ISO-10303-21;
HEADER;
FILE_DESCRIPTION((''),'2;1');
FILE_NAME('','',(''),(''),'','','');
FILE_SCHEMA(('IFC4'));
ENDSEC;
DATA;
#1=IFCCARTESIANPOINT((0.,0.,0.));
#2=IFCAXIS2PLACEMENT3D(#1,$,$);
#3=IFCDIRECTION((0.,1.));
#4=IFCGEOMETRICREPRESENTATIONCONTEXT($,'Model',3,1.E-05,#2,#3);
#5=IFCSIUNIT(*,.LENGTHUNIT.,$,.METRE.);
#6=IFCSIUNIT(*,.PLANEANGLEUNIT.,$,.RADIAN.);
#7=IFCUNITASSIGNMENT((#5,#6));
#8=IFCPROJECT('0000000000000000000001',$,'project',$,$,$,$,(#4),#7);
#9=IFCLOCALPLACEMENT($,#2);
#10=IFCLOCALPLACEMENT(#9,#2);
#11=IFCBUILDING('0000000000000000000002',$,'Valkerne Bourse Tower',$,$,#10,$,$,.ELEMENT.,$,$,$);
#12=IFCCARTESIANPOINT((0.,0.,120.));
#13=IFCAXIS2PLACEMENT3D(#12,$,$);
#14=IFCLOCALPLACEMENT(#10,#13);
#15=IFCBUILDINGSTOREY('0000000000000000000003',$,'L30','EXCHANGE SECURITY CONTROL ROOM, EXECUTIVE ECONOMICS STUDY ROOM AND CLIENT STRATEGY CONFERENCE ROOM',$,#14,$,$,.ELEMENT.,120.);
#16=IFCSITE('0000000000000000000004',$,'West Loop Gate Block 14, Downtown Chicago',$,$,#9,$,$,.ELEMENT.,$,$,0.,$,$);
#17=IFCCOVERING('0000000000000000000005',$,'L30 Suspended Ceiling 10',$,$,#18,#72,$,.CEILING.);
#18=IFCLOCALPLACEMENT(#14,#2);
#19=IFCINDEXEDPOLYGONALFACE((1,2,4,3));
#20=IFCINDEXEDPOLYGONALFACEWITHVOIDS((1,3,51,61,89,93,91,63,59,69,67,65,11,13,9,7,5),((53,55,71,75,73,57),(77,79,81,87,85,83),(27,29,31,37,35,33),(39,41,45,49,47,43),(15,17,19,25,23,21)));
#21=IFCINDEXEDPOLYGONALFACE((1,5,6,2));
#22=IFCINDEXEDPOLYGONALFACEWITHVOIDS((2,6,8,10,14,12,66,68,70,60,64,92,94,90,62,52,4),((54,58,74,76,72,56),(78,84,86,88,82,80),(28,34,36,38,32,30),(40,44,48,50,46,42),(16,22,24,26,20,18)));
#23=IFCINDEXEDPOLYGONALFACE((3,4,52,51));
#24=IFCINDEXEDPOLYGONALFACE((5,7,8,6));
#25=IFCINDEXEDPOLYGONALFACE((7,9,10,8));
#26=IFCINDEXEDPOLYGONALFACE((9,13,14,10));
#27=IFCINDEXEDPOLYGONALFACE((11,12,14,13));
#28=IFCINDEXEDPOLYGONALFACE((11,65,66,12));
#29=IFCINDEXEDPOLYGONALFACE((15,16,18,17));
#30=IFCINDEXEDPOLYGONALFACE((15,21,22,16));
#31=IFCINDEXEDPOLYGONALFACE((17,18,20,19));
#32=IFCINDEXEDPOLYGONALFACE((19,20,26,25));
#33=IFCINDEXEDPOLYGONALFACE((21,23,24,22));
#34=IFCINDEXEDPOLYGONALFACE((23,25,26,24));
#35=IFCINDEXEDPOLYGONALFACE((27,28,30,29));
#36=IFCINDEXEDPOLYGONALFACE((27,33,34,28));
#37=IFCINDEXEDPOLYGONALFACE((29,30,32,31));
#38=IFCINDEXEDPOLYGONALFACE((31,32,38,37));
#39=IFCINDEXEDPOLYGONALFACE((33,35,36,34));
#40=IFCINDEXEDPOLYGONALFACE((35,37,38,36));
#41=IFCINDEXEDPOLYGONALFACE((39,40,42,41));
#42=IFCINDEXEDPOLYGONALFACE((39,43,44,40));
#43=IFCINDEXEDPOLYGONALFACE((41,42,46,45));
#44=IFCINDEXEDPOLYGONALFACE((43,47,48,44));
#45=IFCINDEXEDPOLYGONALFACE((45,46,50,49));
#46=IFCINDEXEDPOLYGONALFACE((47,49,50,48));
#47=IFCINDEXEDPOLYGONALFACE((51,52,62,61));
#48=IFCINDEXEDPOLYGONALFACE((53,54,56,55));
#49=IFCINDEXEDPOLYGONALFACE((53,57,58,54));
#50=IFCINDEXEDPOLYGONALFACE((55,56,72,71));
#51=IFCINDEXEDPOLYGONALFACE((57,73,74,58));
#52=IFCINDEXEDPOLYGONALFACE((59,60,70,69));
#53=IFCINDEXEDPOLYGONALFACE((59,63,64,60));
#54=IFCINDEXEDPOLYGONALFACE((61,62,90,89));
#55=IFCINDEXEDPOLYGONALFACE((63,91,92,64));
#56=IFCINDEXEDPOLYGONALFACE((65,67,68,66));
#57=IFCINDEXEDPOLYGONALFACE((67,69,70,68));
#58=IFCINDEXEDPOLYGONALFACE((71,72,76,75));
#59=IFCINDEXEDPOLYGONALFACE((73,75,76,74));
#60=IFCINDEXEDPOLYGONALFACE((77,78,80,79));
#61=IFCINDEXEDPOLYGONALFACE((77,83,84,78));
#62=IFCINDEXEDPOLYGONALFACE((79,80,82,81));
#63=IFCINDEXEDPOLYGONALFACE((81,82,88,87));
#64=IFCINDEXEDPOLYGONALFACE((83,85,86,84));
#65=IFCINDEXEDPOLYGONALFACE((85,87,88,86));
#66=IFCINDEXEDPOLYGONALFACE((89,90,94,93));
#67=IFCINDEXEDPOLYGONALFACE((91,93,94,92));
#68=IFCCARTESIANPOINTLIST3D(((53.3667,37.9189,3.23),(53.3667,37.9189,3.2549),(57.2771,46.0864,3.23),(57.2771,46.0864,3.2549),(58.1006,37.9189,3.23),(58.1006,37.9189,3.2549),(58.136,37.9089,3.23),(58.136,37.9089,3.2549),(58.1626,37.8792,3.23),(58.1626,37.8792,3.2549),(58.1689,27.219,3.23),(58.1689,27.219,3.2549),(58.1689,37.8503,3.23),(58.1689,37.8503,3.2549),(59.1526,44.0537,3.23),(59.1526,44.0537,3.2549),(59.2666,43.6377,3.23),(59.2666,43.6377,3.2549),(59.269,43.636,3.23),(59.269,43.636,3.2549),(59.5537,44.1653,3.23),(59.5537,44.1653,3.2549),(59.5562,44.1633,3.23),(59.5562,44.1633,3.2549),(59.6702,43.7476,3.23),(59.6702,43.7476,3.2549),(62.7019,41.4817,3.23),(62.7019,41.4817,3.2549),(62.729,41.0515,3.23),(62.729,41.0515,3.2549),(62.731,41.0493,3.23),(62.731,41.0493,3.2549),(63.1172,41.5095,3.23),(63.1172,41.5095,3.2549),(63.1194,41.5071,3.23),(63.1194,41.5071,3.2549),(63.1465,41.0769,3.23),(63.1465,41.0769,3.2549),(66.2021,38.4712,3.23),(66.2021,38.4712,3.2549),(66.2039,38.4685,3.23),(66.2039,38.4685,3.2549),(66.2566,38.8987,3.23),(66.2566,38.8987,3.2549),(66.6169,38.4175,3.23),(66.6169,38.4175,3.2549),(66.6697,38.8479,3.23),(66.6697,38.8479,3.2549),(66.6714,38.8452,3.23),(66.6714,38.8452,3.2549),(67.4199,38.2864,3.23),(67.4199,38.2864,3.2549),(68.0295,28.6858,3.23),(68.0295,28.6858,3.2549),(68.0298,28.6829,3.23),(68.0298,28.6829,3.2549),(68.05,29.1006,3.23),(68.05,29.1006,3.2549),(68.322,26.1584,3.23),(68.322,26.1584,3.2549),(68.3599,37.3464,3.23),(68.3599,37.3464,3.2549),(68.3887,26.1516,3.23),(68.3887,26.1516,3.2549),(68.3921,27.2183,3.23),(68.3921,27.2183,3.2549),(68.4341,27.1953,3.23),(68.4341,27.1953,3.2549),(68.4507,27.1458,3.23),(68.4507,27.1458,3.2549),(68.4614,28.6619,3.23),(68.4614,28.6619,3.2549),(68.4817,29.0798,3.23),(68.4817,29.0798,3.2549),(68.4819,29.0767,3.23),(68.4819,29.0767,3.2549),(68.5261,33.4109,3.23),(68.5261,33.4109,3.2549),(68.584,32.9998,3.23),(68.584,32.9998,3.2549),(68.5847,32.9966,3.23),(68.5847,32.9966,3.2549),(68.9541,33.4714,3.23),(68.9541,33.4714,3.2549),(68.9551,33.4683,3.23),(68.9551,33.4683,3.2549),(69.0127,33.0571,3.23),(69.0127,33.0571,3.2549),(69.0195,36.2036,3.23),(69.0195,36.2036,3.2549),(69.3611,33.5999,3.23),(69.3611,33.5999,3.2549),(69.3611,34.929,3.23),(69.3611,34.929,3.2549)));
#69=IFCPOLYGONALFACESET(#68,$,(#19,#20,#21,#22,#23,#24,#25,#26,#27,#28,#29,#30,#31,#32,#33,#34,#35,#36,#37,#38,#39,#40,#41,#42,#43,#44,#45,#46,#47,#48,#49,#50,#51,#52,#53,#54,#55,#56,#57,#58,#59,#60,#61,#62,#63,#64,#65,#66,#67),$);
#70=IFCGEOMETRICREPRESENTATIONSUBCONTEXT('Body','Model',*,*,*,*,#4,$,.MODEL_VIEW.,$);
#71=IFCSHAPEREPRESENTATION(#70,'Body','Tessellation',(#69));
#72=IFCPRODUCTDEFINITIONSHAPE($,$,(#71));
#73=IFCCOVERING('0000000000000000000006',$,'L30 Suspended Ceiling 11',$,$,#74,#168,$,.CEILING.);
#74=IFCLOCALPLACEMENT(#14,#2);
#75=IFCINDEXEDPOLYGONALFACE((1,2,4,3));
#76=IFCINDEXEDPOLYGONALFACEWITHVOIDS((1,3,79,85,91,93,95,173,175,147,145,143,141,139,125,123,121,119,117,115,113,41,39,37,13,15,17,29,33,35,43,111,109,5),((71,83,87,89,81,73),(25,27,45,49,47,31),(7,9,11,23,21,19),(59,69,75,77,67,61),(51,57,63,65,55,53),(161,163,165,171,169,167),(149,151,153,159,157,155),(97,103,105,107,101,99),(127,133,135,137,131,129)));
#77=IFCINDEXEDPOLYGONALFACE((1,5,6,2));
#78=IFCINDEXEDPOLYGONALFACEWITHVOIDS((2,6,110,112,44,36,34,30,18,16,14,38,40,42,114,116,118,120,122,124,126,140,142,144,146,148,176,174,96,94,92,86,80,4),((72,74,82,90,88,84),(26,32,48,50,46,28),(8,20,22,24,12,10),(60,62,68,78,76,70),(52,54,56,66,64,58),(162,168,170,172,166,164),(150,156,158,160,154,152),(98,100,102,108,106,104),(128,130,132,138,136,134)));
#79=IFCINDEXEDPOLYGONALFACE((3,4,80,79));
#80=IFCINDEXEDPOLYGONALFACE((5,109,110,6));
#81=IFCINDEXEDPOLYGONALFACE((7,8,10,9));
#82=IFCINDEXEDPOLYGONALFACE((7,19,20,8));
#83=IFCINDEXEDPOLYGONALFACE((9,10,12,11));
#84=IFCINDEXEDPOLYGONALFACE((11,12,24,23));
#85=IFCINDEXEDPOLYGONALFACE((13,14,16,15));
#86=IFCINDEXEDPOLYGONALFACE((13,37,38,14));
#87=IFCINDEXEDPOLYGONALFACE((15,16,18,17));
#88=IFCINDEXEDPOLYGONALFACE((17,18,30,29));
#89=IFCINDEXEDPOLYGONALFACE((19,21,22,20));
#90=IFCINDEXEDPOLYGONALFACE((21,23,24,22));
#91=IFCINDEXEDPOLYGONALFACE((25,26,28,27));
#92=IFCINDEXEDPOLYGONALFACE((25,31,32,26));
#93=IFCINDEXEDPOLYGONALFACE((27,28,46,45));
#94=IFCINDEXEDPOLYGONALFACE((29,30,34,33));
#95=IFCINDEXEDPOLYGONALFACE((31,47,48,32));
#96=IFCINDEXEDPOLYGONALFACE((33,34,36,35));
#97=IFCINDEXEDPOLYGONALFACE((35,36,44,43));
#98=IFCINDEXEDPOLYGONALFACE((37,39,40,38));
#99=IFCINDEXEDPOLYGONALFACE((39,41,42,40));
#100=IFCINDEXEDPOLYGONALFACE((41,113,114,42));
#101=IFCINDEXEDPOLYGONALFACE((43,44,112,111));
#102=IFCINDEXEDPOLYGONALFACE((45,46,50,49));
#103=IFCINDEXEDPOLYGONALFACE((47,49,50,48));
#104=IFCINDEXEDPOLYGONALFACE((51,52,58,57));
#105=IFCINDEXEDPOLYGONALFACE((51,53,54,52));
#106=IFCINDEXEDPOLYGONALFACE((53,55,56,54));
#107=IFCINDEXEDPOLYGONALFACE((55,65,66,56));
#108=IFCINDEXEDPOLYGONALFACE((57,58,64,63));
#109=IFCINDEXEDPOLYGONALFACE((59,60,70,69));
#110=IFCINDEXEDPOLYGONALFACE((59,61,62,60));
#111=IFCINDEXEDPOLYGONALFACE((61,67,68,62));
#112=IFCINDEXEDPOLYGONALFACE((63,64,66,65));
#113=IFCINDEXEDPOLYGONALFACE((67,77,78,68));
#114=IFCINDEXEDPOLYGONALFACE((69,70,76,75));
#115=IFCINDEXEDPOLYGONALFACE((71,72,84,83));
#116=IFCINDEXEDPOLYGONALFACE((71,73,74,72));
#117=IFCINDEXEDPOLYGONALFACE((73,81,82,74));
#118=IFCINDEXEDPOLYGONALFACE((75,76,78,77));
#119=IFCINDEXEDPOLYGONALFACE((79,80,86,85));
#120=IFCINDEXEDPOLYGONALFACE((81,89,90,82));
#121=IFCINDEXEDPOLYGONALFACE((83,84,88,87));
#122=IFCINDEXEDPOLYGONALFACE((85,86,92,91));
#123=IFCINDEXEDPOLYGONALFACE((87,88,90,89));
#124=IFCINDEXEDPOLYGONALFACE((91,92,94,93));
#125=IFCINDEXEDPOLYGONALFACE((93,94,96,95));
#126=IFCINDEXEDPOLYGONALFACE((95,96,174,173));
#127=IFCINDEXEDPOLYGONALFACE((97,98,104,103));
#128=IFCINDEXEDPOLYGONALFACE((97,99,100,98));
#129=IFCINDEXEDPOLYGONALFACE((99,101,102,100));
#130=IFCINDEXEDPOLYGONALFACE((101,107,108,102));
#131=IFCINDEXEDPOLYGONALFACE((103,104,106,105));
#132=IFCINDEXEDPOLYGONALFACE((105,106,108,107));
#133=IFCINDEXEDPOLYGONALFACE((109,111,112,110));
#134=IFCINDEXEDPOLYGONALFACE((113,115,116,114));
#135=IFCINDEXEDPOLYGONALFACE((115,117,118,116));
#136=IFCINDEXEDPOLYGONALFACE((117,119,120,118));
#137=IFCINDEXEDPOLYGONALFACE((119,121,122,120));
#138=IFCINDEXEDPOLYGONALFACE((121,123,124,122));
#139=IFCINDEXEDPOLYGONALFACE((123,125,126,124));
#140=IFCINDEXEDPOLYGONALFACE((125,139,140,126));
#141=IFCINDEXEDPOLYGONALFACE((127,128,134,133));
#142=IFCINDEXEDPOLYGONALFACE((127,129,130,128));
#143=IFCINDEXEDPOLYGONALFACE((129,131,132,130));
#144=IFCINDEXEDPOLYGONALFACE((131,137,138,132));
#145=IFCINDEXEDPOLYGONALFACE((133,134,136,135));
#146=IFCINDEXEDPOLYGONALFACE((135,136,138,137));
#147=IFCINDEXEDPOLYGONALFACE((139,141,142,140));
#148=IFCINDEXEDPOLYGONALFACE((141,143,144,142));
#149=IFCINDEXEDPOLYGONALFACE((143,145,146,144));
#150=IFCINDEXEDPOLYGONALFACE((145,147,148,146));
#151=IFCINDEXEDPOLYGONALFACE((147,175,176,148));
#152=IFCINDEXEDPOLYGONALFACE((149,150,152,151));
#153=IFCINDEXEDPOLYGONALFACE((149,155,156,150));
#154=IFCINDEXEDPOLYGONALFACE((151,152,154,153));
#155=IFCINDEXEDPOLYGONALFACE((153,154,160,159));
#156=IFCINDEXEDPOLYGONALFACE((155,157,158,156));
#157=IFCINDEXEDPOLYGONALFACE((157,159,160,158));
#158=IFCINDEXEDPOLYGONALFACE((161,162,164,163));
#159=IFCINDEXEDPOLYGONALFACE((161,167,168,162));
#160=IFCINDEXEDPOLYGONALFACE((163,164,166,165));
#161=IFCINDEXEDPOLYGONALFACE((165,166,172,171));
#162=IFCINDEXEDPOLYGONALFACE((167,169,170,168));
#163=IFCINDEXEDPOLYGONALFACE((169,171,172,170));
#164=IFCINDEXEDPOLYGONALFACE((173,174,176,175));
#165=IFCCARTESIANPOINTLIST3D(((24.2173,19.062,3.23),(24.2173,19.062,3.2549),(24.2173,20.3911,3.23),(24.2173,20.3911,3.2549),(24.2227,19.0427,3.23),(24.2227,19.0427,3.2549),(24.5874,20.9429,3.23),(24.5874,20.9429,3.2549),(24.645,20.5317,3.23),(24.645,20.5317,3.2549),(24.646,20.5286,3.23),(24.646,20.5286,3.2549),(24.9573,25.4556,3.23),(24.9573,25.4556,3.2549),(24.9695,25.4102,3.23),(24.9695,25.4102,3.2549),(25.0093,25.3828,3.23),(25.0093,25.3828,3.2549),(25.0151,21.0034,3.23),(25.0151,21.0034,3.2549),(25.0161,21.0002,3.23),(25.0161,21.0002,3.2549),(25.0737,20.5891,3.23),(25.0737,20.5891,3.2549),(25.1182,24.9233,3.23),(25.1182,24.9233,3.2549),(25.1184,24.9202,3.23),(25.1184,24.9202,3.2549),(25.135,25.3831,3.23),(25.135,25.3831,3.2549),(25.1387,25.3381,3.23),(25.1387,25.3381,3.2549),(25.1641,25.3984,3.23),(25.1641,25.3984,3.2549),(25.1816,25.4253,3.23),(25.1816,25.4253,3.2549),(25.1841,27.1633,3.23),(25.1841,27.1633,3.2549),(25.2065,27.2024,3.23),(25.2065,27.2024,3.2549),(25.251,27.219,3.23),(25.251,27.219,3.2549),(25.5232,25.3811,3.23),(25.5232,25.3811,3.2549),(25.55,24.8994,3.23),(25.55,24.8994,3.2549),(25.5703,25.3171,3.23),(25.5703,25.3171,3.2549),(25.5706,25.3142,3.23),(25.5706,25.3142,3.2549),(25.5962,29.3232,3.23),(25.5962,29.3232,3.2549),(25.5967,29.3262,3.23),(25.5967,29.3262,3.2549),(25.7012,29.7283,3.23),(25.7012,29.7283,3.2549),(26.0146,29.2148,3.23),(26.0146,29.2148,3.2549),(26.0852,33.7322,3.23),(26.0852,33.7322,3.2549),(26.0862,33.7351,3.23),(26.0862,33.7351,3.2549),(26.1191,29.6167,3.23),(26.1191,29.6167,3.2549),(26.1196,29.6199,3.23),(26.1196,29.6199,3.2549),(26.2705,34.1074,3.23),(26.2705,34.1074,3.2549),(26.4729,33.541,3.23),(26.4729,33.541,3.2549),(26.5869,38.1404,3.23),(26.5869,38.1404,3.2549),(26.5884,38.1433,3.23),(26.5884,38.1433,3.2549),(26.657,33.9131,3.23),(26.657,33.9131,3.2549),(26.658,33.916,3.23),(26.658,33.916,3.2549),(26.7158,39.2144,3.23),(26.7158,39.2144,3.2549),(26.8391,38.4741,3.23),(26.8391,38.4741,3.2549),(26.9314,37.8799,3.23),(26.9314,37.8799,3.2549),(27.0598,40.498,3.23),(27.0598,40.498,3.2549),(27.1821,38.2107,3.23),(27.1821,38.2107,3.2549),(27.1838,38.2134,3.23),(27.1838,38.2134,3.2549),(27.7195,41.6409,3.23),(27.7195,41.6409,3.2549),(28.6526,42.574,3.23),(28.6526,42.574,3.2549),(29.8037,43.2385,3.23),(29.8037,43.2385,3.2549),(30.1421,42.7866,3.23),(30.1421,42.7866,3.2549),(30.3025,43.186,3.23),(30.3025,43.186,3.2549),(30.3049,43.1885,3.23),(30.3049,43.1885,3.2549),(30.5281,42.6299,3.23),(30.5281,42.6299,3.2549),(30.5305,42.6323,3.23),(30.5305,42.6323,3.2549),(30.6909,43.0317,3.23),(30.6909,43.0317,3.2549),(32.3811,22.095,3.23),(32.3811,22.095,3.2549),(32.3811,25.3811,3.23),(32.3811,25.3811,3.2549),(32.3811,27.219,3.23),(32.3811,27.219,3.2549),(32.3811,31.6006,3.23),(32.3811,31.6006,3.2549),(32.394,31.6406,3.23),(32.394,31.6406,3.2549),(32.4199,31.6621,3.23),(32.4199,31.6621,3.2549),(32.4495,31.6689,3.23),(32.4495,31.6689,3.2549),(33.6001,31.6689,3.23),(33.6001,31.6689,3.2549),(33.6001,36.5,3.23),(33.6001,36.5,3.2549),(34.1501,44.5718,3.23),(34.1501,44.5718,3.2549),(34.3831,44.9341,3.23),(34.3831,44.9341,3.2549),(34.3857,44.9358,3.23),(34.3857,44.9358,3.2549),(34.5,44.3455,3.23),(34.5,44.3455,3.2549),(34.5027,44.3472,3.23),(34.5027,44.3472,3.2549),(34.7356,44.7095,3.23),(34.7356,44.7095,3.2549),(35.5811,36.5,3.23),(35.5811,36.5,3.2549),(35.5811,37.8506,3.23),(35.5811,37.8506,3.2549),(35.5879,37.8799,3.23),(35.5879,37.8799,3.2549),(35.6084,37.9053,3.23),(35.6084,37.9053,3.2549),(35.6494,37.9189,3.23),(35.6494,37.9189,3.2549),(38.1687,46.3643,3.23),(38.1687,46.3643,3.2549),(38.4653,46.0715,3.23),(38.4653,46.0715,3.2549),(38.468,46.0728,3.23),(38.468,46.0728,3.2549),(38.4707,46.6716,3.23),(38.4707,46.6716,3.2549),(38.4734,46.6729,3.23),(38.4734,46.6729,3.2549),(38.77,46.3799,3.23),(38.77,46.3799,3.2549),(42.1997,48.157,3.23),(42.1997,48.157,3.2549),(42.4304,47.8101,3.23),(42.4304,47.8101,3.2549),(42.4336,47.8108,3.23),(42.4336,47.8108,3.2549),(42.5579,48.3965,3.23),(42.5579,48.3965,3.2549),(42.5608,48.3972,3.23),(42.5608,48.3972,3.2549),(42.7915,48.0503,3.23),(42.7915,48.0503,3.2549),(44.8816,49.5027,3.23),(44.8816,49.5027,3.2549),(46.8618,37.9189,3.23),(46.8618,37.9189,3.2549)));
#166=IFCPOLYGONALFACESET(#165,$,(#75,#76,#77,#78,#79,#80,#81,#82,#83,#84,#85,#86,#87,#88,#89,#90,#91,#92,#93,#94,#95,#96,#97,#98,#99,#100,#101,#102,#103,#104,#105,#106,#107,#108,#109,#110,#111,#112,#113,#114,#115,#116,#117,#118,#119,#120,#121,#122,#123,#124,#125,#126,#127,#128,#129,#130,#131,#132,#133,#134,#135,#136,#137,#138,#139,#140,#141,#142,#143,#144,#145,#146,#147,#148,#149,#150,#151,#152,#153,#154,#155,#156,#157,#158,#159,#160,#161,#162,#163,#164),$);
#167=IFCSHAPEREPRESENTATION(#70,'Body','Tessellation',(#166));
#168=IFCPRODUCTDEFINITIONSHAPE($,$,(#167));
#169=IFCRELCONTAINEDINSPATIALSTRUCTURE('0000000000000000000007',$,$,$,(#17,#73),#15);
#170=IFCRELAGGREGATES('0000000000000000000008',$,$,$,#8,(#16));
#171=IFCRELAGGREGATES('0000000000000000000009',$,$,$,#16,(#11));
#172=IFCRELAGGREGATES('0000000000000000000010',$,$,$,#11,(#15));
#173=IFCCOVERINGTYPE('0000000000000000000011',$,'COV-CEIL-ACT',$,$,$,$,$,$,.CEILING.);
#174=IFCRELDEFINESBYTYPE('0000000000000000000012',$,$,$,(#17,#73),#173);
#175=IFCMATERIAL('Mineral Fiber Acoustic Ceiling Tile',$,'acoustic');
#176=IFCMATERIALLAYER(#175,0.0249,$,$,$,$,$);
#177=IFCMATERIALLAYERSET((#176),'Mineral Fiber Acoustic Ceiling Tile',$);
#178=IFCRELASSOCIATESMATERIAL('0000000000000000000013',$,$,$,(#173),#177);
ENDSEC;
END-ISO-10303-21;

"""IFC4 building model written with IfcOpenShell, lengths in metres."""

from ifc_helpers import new_model, si_unit, direction, frame, origin, place, context, subcontext, project, spatial, polyline, outline, extrude, material, layer, layer_set, type_object, element, save


model = new_model("IFC4")

# Units and contexts
model_context = context("Model", 3, precision=1e-05, world=origin(), true_north=direction((0.0, 1.0)))
body_context = subcontext(model_context, "Body", "Model", "MODEL_VIEW")
ifc_project = project(units=[si_unit("LENGTHUNIT", "METRE"), si_unit("PLANEANGLEUNIT", "RADIAN")], contexts=[model_context])

# Site, building, storey
site_placement = place(None, origin())
site = spatial("IfcSite", under=ifc_project, at=site_placement, Name="West Loop Gate Block 14, Downtown Chicago", CompositionType="ELEMENT", RefElevation=0.0)
building_placement = place(site_placement, origin())
building = spatial("IfcBuilding", under=site, at=building_placement, Name="Valkerne Bourse Tower", CompositionType="ELEMENT")
storey_placement = place(building_placement, frame((0.0, 0.0, 120.0)))
storey = spatial("IfcBuildingStorey", under=building, at=storey_placement, Name="L30", Description="EXCHANGE SECURITY CONTROL ROOM, EXECUTIVE ECONOMICS STUDY ROOM AND CLIENT STRATEGY CONFERENCE ROOM", CompositionType="ELEMENT", Elevation=120.0)

# Coverings
ifc_material_1 = material(Name="Mineral Fiber Acoustic Ceiling Tile", Category="acoustic")
ifc_layer_1 = layer(ifc_material_1, 0.0249)
ifc_layer_set_1 = layer_set([ifc_layer_1], Name="Mineral Fiber Acoustic Ceiling Tile")
covering_type_1 = type_object("IfcCoveringType", Name="COV-CEIL-ACT", PredefinedType="CEILING", material=ifc_layer_set_1)
covering_1_placement = place(storey_placement, frame((0.0, 0.0, 3.23)))
element("IfcCovering", 1, at=covering_1_placement, inside=storey, type_object=covering_type_1, Name="L30 Suspended Ceiling 10", PredefinedType="CEILING", context=body_context, shape_type="SweptSolid", body=[
    extrude(outline(polyline([(69.0195, 36.2036), (69.3611, 34.929), (69.3611, 33.5999), (68.3887, 26.1516), (68.322, 26.1584), (68.4507, 27.1458), (68.4341, 27.1953), (68.3921, 27.2183), (58.1689, 27.219), (58.1689, 37.8503), (58.1626, 37.8792), (58.136, 37.9089), (58.1006, 37.9189), (53.3667, 37.9189), (57.2771, 46.0864), (67.4199, 38.2864), (68.3599, 37.3464), (69.0195, 36.2036)]), holes=[polyline([(68.4819, 29.0767), (68.4817, 29.0798), (68.05, 29.1006), (68.0295, 28.6858), (68.0298, 28.6829), (68.4614, 28.6619), (68.4819, 29.0767)]), polyline([(68.9551, 33.4683), (68.9541, 33.4714), (68.5261, 33.4109), (68.584, 32.9998), (68.5847, 32.9966), (69.0127, 33.0571), (68.9551, 33.4683)]), polyline([(66.6714, 38.8452), (66.6697, 38.8479), (66.2566, 38.8987), (66.2021, 38.4712), (66.2039, 38.4685), (66.6169, 38.4175), (66.6714, 38.8452)]), polyline([(63.1465, 41.0769), (63.1194, 41.5071), (63.1172, 41.5095), (62.7019, 41.4817), (62.729, 41.0515), (62.731, 41.0493), (63.1465, 41.0769)]), polyline([(59.5562, 44.1633), (59.5537, 44.1653), (59.1526, 44.0537), (59.2666, 43.6377), (59.269, 43.636), (59.6702, 43.7476), (59.5562, 44.1633)])]), origin(), (0.0, 0.0, 1.0), 0.0249),
])
covering_2_placement = place(storey_placement, frame((0.0, 0.0, 3.23)))
element("IfcCovering", 2, at=covering_2_placement, inside=storey, type_object=covering_type_1, Name="L30 Suspended Ceiling 11", PredefinedType="CEILING", context=body_context, shape_type="SweptSolid", body=[
    extrude(outline(polyline([(26.7158, 39.2144), (27.0598, 40.498), (27.7195, 41.6409), (28.6526, 42.574), (29.8037, 43.2385), (44.8816, 49.5027), (46.8618, 37.9189), (35.6494, 37.9189), (35.6084, 37.9053), (35.5879, 37.8799), (35.5811, 37.8506), (35.5811, 36.5), (33.6001, 36.5), (33.6001, 31.6689), (32.4495, 31.6689), (32.4199, 31.6621), (32.394, 31.6406), (32.3811, 31.6006), (32.3811, 27.219), (25.251, 27.219), (25.2065, 27.2024), (25.1841, 27.1633), (24.9573, 25.4556), (24.9695, 25.4102), (25.0093, 25.3828), (25.135, 25.3831), (25.1641, 25.3984), (25.1816, 25.4253), (25.5232, 25.3811), (32.3811, 25.3811), (32.3811, 22.095), (24.2227, 19.0427), (24.2173, 19.062), (24.2173, 20.3911), (26.7158, 39.2144)]), holes=[polyline([(25.0161, 21.0002), (25.0151, 21.0034), (24.5874, 20.9429), (24.645, 20.5317), (24.646, 20.5286), (25.0737, 20.5891), (25.0161, 21.0002)]), polyline([(25.5703, 25.3171), (25.1387, 25.3381), (25.1182, 24.9233), (25.1184, 24.9202), (25.55, 24.8994), (25.5706, 25.3142), (25.5703, 25.3171)]), polyline([(26.1191, 29.6167), (26.1196, 29.6199), (25.7012, 29.7283), (25.5967, 29.3262), (25.5962, 29.3232), (26.0146, 29.2148), (26.1191, 29.6167)]), polyline([(26.658, 33.916), (26.2705, 34.1074), (26.0862, 33.7351), (26.0852, 33.7322), (26.4729, 33.541), (26.657, 33.9131), (26.658, 33.916)]), polyline([(27.1838, 38.2134), (26.8391, 38.4741), (26.5884, 38.1433), (26.5869, 38.1404), (26.9314, 37.8799), (27.1821, 38.2107), (27.1838, 38.2134)]), polyline([(30.6909, 43.0317), (30.3049, 43.1885), (30.3025, 43.186), (30.1421, 42.7866), (30.5281, 42.6299), (30.5305, 42.6323), (30.6909, 43.0317)]), polyline([(34.5027, 44.3472), (34.7356, 44.7095), (34.3857, 44.9358), (34.3831, 44.9341), (34.1501, 44.5718), (34.5, 44.3455), (34.5027, 44.3472)]), polyline([(38.468, 46.0728), (38.77, 46.3799), (38.4734, 46.6729), (38.4707, 46.6716), (38.1687, 46.3643), (38.4653, 46.0715), (38.468, 46.0728)]), polyline([(42.7915, 48.0503), (42.5608, 48.3972), (42.5579, 48.3965), (42.1997, 48.157), (42.4304, 47.8101), (42.4336, 47.8108), (42.7915, 48.0503)])]), origin(), (0.0, 0.0, 1.0), 0.0249),
])

save(model, "model.ifc")
